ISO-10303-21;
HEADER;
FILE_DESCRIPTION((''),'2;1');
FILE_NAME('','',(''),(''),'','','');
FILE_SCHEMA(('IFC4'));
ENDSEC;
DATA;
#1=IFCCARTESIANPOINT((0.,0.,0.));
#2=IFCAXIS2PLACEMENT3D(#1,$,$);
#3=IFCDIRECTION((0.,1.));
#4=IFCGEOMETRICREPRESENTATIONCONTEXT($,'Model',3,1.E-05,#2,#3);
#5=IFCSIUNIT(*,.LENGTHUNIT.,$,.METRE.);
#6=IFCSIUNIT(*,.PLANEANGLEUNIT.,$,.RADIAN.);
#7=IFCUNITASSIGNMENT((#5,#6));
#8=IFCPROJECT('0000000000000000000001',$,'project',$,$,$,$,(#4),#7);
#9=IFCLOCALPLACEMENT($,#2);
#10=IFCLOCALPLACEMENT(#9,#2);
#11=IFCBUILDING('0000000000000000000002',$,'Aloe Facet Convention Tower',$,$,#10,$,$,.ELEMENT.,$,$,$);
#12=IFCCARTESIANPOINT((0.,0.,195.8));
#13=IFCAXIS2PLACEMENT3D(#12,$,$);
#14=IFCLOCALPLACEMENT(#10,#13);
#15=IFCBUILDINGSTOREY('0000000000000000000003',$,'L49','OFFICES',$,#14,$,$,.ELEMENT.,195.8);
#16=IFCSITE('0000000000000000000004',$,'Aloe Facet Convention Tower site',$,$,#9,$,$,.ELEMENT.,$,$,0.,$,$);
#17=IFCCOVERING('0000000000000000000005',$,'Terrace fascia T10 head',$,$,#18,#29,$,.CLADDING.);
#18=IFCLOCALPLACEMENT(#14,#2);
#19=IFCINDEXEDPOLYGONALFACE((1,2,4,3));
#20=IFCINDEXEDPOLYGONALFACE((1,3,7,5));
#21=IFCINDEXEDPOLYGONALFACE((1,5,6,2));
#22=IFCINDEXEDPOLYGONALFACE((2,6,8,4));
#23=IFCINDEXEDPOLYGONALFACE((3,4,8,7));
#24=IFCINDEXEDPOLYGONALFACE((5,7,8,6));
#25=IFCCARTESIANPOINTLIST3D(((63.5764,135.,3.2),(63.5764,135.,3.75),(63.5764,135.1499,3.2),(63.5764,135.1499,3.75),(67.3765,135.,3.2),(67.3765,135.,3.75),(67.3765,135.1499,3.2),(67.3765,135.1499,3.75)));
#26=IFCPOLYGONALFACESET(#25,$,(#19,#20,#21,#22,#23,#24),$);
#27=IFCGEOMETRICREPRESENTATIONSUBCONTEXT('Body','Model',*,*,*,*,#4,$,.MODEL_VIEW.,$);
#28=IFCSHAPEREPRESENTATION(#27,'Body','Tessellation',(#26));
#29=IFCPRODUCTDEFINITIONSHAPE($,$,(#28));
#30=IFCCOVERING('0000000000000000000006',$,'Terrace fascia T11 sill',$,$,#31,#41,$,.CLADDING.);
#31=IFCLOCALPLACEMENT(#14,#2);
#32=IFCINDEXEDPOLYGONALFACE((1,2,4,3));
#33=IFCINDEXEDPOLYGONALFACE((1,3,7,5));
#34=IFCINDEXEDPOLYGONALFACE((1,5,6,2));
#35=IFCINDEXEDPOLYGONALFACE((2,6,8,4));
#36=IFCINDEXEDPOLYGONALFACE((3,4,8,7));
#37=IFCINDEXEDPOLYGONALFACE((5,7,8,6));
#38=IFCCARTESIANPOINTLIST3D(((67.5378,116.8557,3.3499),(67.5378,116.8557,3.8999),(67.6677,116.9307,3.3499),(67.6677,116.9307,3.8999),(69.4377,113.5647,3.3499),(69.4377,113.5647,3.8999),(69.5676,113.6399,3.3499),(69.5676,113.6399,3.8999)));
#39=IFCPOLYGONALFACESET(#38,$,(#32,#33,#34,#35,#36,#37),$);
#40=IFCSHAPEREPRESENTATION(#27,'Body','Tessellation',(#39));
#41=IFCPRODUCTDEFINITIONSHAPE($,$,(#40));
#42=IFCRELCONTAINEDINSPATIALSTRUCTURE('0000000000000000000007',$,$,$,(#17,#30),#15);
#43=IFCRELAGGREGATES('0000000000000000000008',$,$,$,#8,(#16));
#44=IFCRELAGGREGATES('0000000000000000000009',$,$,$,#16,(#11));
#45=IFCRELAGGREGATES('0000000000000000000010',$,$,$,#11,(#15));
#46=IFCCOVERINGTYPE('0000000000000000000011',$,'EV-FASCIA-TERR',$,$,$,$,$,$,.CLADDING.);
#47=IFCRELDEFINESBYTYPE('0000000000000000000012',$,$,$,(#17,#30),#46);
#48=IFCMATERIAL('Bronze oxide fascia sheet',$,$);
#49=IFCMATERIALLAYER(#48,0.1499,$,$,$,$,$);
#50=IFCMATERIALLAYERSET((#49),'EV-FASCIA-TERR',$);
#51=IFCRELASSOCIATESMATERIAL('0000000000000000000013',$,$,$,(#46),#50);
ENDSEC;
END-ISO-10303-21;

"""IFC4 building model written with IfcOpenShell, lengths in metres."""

from ifc_helpers import new_model, si_unit, direction, frame, origin, place, context, subcontext, project, spatial, polyline, outline, extrude, material, layer, layer_set, type_object, element, save


model = new_model("IFC4")

# Units and contexts
model_context = context("Model", 3, precision=1e-05, world=origin(), true_north=direction((0.0, 1.0)))
body_context = subcontext(model_context, "Body", "Model", "MODEL_VIEW")
ifc_project = project(units=[si_unit("LENGTHUNIT", "METRE"), si_unit("PLANEANGLEUNIT", "RADIAN")], contexts=[model_context])

# Site, building, storey
site_placement = place(None, origin())
site = spatial("IfcSite", under=ifc_project, at=site_placement, Name="Aloe Facet Convention Tower site", CompositionType="ELEMENT", RefElevation=0.0)
building_placement = place(site_placement, origin())
building = spatial("IfcBuilding", under=site, at=building_placement, Name="Aloe Facet Convention Tower", CompositionType="ELEMENT")
storey_placement = place(building_placement, frame((0.0, 0.0, 195.8)))
storey = spatial("IfcBuildingStorey", under=building, at=storey_placement, Name="L49", Description="OFFICES", CompositionType="ELEMENT", Elevation=195.8)

# Coverings
ifc_material_1 = material(Name="Bronze oxide fascia sheet")
ifc_layer_1 = layer(ifc_material_1, 0.1499)
ifc_layer_set_1 = layer_set([ifc_layer_1], Name="EV-FASCIA-TERR")
covering_type = type_object("IfcCoveringType", Name="EV-FASCIA-TERR", PredefinedType="CLADDING", material=ifc_layer_set_1)
covering_1_placement = place(storey_placement, frame((0.0, 0.0, 3.2)))
element("IfcCovering", 1, at=covering_1_placement, inside=storey, type_object=covering_type, Name="Terrace fascia T10 head", PredefinedType="CLADDING", context=body_context, shape_type="SweptSolid", body=[
    extrude(outline(polyline([(67.3765, 135.1499), (63.5764, 135.1499), (63.5764, 135.0), (67.3765, 135.0), (67.3765, 135.1499)])), origin(), (0.0, 0.0, 1.0), 0.55),
])
covering_2_placement = place(storey_placement, frame((0.0, 0.0, 3.3499)))
element("IfcCovering", 2, at=covering_2_placement, inside=storey, type_object=covering_type, Name="Terrace fascia T11 sill", PredefinedType="CLADDING", context=body_context, shape_type="SweptSolid", body=[
    extrude(outline(polyline([(67.5378, 116.8557), (69.4377, 113.5647), (69.5676, 113.6399), (67.6677, 116.9307), (67.5378, 116.8557)])), origin(), (0.0, 0.0, 1.0), 0.55),
])

save(model, "model.ifc")
